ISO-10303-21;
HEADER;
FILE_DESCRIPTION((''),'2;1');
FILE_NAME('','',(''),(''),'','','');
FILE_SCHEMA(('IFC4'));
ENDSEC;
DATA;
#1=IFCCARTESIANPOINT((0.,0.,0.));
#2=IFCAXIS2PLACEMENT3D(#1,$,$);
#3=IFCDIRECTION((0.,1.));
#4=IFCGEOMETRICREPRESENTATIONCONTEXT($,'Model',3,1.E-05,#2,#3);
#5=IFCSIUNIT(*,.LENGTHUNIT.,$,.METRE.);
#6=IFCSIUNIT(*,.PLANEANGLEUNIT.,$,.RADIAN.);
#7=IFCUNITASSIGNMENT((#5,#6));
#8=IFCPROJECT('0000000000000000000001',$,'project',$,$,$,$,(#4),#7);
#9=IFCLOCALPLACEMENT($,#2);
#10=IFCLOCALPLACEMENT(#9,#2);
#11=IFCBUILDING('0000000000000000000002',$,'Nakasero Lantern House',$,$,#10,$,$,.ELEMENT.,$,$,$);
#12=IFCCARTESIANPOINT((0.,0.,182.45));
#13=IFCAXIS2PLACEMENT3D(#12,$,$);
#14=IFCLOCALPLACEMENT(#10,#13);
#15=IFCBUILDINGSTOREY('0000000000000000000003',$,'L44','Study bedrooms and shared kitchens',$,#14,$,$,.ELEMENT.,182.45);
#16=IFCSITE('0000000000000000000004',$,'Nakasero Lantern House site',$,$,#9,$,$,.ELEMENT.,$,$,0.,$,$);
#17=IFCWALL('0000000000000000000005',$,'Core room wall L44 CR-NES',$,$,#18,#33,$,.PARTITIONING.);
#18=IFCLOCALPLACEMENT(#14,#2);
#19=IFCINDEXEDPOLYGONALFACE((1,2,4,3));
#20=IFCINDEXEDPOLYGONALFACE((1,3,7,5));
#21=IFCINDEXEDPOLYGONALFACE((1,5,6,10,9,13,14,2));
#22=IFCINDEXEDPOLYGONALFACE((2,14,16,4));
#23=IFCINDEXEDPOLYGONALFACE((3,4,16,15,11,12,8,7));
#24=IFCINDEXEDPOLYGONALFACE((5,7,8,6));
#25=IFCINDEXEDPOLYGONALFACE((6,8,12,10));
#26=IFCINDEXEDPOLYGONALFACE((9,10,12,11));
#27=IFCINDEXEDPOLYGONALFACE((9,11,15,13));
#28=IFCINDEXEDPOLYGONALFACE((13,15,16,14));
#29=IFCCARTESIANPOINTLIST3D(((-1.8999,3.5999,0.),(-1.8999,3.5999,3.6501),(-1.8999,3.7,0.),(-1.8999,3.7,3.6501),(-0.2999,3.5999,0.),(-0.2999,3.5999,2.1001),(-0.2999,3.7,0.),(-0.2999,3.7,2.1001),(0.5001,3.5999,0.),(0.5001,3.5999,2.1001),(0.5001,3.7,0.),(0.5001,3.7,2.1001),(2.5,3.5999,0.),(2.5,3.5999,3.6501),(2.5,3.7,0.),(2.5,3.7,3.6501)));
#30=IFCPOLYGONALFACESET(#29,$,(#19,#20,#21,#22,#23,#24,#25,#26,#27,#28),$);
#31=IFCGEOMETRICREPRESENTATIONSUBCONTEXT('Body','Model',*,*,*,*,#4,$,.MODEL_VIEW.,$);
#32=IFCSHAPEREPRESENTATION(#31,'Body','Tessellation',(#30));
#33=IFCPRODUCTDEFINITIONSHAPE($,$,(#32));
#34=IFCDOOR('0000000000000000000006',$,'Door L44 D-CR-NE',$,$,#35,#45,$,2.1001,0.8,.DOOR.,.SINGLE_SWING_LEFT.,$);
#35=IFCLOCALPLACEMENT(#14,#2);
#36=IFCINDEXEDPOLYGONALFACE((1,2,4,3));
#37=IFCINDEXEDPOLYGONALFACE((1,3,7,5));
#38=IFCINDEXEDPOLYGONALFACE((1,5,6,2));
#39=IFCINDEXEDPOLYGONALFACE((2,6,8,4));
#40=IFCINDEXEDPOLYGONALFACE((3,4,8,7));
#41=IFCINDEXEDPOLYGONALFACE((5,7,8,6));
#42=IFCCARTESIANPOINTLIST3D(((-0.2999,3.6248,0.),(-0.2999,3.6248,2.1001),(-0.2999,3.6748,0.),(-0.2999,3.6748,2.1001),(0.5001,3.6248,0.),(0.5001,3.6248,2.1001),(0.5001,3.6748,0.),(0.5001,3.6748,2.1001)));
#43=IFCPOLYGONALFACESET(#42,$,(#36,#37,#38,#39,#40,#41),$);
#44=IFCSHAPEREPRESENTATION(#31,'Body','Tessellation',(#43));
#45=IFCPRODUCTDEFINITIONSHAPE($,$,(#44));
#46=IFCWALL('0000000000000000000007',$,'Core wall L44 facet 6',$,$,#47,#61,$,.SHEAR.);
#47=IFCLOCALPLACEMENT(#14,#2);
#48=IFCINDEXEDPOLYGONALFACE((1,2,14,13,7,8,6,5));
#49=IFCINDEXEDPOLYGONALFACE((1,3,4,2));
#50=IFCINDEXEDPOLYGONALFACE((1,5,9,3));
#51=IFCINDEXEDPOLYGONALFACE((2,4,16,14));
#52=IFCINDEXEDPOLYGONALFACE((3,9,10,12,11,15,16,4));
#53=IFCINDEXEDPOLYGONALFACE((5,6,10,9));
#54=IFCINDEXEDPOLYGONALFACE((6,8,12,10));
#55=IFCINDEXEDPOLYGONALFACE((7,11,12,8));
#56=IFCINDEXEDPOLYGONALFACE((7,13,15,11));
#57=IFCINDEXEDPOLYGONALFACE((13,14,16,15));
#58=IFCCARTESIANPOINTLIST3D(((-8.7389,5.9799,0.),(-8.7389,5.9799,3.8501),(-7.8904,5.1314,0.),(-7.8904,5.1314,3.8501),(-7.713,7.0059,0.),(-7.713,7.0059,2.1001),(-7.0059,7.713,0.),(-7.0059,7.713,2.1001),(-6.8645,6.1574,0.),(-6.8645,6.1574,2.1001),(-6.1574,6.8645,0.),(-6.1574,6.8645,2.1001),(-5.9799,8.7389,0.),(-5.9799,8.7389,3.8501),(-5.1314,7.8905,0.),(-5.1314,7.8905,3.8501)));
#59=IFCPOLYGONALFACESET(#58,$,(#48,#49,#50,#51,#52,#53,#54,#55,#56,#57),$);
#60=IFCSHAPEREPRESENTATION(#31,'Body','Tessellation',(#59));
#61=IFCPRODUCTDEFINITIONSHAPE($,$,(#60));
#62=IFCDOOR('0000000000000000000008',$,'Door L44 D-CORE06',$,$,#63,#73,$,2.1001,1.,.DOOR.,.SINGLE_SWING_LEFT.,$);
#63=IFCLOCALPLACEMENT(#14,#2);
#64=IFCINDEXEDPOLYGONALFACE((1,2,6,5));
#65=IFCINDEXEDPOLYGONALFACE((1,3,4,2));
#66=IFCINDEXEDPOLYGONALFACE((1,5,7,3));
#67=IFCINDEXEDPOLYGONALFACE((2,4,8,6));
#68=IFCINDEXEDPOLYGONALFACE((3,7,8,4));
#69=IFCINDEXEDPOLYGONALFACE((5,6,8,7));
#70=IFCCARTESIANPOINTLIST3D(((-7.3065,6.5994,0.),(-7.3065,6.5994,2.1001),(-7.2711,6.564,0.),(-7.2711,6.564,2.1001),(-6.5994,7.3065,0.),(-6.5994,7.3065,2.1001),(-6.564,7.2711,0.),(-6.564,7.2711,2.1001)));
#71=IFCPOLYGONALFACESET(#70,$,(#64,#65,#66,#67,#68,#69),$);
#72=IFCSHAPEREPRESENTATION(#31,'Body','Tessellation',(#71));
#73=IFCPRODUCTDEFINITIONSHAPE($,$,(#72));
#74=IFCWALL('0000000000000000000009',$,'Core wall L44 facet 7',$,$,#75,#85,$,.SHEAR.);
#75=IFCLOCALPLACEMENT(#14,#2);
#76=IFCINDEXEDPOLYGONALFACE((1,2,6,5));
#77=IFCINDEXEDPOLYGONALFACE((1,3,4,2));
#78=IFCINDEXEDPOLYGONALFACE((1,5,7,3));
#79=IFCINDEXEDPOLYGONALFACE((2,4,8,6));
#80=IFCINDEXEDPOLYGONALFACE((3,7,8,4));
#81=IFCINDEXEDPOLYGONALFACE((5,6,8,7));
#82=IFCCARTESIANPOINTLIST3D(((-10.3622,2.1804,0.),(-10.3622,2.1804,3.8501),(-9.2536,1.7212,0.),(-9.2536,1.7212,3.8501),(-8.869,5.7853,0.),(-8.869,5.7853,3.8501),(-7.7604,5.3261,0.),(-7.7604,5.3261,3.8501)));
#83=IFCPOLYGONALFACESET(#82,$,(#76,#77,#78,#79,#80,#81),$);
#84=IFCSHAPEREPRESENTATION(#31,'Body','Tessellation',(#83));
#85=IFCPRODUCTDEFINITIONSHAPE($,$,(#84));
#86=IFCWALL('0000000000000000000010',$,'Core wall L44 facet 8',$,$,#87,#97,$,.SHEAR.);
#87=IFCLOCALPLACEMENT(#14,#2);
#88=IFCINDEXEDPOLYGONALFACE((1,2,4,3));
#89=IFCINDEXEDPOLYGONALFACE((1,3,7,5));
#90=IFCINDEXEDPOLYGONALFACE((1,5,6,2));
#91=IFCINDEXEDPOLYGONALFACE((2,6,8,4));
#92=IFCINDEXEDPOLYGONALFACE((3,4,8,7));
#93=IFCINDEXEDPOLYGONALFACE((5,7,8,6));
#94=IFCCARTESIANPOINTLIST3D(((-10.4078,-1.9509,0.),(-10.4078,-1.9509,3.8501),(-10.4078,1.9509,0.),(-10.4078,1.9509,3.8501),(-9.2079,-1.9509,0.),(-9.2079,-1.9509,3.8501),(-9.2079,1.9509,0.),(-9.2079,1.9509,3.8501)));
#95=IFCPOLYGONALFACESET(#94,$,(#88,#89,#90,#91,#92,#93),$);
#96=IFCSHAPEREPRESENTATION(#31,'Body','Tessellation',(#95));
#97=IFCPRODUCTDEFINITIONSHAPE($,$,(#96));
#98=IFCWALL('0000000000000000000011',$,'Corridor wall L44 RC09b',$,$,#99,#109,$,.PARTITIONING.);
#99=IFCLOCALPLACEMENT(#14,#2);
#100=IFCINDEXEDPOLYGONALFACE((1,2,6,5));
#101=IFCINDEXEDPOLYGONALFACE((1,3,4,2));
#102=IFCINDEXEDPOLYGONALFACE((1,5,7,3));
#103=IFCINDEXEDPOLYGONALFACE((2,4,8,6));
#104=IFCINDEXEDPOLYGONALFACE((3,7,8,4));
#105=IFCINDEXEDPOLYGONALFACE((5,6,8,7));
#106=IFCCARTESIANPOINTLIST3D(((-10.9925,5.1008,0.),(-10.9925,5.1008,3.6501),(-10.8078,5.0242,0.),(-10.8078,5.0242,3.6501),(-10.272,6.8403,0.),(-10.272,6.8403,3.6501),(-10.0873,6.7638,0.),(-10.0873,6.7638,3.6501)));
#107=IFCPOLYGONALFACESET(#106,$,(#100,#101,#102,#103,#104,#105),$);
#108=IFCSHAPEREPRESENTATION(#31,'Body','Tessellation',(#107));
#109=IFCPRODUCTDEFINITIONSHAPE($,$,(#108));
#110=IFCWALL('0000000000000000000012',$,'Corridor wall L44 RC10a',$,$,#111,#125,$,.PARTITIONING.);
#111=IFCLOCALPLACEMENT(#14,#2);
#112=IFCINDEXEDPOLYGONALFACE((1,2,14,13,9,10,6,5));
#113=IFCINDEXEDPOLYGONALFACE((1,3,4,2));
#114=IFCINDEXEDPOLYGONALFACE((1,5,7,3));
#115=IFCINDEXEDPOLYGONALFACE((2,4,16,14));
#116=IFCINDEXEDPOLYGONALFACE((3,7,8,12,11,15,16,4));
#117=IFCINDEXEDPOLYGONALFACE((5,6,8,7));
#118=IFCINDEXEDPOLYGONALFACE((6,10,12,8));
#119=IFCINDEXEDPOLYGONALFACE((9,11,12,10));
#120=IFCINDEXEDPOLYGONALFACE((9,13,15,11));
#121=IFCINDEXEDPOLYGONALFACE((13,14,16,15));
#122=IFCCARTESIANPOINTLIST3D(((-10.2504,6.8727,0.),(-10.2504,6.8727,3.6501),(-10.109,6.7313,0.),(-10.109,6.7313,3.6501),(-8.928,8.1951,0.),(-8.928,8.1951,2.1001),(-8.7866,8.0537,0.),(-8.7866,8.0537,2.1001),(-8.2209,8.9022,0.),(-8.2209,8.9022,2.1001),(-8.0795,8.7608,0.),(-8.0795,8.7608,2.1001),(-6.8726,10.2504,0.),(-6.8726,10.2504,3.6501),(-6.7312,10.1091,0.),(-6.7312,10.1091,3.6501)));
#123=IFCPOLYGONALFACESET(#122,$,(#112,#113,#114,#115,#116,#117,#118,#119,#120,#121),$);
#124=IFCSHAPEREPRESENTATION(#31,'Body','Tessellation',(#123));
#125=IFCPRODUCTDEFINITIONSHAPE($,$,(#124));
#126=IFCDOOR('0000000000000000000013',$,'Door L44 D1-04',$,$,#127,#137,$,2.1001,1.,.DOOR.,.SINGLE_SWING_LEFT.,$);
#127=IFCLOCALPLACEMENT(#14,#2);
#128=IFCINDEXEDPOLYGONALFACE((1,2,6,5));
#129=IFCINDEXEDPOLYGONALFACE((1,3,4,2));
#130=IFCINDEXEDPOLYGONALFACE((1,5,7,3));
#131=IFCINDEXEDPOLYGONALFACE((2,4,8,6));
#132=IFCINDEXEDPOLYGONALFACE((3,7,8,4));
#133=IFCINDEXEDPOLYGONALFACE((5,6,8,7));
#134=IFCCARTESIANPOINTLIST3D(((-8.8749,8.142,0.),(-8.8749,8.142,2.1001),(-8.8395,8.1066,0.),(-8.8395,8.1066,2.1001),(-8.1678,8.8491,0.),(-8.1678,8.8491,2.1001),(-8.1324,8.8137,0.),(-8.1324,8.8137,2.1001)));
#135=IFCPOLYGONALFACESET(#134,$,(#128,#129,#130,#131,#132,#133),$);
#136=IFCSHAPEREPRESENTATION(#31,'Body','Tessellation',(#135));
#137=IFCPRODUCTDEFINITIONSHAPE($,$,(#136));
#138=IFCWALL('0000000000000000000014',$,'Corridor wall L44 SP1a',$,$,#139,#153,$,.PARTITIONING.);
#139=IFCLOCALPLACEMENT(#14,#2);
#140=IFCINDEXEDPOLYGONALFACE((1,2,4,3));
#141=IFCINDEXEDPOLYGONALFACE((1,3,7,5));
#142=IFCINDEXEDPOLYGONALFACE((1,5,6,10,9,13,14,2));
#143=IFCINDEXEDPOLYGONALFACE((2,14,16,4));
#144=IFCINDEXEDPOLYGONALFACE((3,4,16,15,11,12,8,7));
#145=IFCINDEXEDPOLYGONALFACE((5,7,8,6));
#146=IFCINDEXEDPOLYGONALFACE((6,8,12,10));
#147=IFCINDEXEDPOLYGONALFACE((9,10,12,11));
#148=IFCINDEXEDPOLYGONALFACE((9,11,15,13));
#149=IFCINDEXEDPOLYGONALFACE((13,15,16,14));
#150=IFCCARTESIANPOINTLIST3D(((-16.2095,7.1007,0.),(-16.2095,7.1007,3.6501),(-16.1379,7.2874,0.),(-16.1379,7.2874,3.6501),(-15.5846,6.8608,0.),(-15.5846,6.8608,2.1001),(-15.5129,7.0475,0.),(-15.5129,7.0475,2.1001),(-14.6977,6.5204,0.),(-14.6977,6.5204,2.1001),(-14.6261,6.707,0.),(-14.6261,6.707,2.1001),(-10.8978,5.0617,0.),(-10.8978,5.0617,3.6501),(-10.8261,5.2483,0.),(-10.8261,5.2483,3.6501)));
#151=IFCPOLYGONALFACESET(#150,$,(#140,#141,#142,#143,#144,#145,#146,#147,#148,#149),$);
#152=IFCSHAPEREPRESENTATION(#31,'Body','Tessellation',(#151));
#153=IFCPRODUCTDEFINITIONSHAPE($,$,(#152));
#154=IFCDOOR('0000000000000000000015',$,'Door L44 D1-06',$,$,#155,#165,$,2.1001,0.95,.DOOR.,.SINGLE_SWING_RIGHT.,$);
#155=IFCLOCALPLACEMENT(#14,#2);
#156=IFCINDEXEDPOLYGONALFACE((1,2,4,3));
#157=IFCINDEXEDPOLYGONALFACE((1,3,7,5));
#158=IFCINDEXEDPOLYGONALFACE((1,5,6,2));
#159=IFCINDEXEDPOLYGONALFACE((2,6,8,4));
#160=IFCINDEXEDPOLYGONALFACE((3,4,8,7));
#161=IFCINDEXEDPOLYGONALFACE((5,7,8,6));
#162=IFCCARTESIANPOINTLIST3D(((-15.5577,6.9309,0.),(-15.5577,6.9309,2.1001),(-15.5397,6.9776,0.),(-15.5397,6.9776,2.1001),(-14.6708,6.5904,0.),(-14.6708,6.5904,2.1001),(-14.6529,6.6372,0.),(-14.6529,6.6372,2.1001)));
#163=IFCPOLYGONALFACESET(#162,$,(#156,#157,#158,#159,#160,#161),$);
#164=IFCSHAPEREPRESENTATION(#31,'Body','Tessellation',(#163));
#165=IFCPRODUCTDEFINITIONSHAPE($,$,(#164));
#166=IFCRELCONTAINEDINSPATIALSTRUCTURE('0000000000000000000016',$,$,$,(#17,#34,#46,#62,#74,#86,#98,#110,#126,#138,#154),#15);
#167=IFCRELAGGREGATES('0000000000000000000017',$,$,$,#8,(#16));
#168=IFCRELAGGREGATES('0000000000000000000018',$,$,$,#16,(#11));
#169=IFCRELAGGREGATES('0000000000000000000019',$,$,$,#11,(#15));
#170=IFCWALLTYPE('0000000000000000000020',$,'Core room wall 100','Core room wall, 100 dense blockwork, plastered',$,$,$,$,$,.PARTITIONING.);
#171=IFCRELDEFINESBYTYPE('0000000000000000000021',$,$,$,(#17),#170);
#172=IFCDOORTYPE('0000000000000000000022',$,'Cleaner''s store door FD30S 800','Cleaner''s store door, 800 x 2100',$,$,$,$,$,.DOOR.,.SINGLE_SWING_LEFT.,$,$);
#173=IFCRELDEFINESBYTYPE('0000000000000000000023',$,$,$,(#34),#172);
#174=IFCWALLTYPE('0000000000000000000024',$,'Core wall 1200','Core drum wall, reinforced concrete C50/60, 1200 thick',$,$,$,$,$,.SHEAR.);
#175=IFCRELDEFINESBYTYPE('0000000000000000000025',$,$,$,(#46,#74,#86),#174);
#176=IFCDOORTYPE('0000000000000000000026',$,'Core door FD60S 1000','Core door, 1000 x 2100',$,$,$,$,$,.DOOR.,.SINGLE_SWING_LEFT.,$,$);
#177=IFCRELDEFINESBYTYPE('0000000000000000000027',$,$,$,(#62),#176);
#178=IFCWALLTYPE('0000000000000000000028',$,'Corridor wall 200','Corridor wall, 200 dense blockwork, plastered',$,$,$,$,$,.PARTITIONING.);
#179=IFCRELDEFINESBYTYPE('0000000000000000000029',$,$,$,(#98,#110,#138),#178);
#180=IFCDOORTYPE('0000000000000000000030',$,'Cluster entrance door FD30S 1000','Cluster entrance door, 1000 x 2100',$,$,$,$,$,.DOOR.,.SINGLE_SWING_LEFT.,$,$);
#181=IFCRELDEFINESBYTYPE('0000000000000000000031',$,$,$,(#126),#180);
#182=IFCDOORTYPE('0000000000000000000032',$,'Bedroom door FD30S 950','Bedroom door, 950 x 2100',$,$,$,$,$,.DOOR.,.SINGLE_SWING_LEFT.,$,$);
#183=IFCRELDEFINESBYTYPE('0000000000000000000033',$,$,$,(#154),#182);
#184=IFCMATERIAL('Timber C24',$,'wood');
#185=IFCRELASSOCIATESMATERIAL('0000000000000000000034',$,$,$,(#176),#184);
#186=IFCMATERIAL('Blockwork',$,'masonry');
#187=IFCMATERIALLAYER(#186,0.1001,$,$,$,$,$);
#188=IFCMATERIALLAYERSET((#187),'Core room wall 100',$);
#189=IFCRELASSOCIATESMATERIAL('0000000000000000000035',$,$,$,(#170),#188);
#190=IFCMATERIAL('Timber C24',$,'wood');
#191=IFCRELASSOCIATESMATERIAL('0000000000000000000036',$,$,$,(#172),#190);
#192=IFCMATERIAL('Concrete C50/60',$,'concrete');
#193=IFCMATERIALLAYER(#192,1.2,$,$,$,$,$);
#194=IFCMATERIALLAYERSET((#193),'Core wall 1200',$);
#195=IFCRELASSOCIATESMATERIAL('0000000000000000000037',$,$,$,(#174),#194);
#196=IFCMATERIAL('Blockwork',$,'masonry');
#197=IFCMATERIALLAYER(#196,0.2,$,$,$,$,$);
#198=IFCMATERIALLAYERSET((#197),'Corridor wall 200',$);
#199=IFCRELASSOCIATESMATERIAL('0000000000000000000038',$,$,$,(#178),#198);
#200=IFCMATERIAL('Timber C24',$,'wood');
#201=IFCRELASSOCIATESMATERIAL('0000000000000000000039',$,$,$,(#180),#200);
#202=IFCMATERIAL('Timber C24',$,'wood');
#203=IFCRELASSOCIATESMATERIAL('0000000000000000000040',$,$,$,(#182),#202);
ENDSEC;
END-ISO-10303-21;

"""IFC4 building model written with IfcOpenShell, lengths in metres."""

from ifc_helpers import new_model, si_unit, direction, frame, frame_2d, origin, place, context, subcontext, project, spatial, rectangle, extrude, material, layer, layer_set, type_object, element, fill, save


model = new_model("IFC4")

# Units and contexts
model_context = context("Model", 3, precision=1e-05, world=origin(), true_north=direction((0.0, 1.0)))
body_context = subcontext(model_context, "Body", "Model", "MODEL_VIEW")
ifc_project = project(units=[si_unit("LENGTHUNIT", "METRE"), si_unit("PLANEANGLEUNIT", "RADIAN")], contexts=[model_context])

# Site, building, storey
site_placement = place(None, origin())
site = spatial("IfcSite", under=ifc_project, at=site_placement, Name="Nakasero Lantern House site", CompositionType="ELEMENT", RefElevation=0.0)
building_placement = place(site_placement, origin())
building = spatial("IfcBuilding", under=site, at=building_placement, Name="Nakasero Lantern House", CompositionType="ELEMENT")
storey_placement = place(building_placement, frame((0.0, 0.0, 182.45)))
storey = spatial("IfcBuildingStorey", under=building, at=storey_placement, Name="L44", Description="Study bedrooms and shared kitchens", CompositionType="ELEMENT", Elevation=182.45)

# Shared definitions
ifc_material_1 = material(Name="Timber C24", Category="wood")
door_type_1 = type_object("IfcDoorType", Name="Core door FD60S 1000", Description="Core door, 1000 x 2100", OperationType="SINGLE_SWING_LEFT", PredefinedType="DOOR", material=ifc_material_1)

# Walls, openings, doors
ifc_material_2 = material(Name="Blockwork", Category="masonry")
ifc_layer_1 = layer(ifc_material_2, 0.1001)
ifc_layer_set_1 = layer_set([ifc_layer_1], Name="Core room wall 100")
wall_type_1 = type_object("IfcWallType", Name="Core room wall 100", Description="Core room wall, 100 dense blockwork, plastered", PredefinedType="PARTITIONING", material=ifc_layer_set_1)
wall_1_placement = place(storey_placement, frame((-1.8999, 3.6499, 0.0), z_axis=(0.0, 0.0, 1.0), x_axis=(1.0, 0.0, 0.0)))
wall_1 = element("IfcWall", 1, at=wall_1_placement, inside=storey, type_object=wall_type_1, Name="Core room wall L44 CR-NES", PredefinedType="PARTITIONING", context=body_context, shape_type="SweptSolid", body=[
    extrude(rectangle(XDim=4.3999, YDim=0.1001, at=frame_2d((2.2, 0.0))), origin(), (0.0, 0.0, 1.0), 3.6501),
])
opening_1_placement = place(wall_1_placement, frame((1.6001, 0.0, 0.0)))
opening_1 = element("IfcOpeningElement", 2, at=opening_1_placement, cuts=wall_1, PredefinedType="OPENING", context=body_context, shape_type="SweptSolid", body=[
    extrude(rectangle(XDim=0.8, YDim=2.1001, at=frame_2d((0.3999, 1.05))), frame((0.0, 0.0701, 0.0), z_axis=(0.0, -1.0, 0.0), x_axis=(1.0, 0.0, 0.0)), (0.0, 0.0, 1.0), 0.1401),
])
ifc_material_3 = material(Name="Timber C24", Category="wood")
door_type_2 = type_object("IfcDoorType", Name="Cleaner's store door FD30S 800", Description="Cleaner's store door, 800 x 2100", OperationType="SINGLE_SWING_LEFT", PredefinedType="DOOR", material=ifc_material_3)
door_1_placement = place(opening_1_placement, origin())
door_1 = element("IfcDoor", 3, at=door_1_placement, inside=storey, type_object=door_type_2, Name="Door L44 D-CR-NE", OperationType="SINGLE_SWING_LEFT", OverallHeight=2.1001, OverallWidth=0.8, PredefinedType="DOOR", context=body_context, shape_type="SweptSolid", body=[
    extrude(rectangle(XDim=0.8, YDim=2.1001, at=frame_2d((0.3999, 1.05))), frame((0.0, 0.0249, 0.0), z_axis=(0.0, -1.0, 0.0), x_axis=(1.0, 0.0, 0.0)), (0.0, 0.0, 1.0), 0.05),
])
fill(opening_1, door_1)
ifc_material_4 = material(Name="Concrete C50/60", Category="concrete")
ifc_layer_2 = layer(ifc_material_4, 1.2)
ifc_layer_set_2 = layer_set([ifc_layer_2], Name="Core wall 1200")
wall_type_2 = type_object("IfcWallType", Name="Core wall 1200", Description="Core drum wall, reinforced concrete C50/60, 1200 thick", PredefinedType="SHEAR", material=ifc_layer_set_2)
wall_2_placement = place(storey_placement, frame((-5.5557, 8.3147, 0.0), z_axis=(0.0, 0.0, 1.0), x_axis=(-0.707107, -0.707107, 0.0)))
wall_2 = element("IfcWall", 4, at=wall_2_placement, inside=storey, type_object=wall_type_2, Name="Core wall L44 facet 6", PredefinedType="SHEAR", context=body_context, shape_type="SweptSolid", body=[
    extrude(rectangle(XDim=3.9019, YDim=1.2, at=frame_2d((1.9509, 0.0))), origin(), (0.0, 0.0, 1.0), 3.8501),
])
opening_2_placement = place(wall_2_placement, frame((1.4509, 0.0, 0.0)))
opening_2 = element("IfcOpeningElement", 5, at=opening_2_placement, cuts=wall_2, PredefinedType="OPENING", context=body_context, shape_type="SweptSolid", body=[
    extrude(rectangle(XDim=1.0, YDim=2.1001, at=frame_2d((0.5, 1.05))), frame((0.0, 0.6199, 0.0), z_axis=(0.0, -1.0, 0.0), x_axis=(1.0, 0.0, 0.0)), (0.0, 0.0, 1.0), 1.24),
])
door_2_placement = place(opening_2_placement, origin())
door_2 = element("IfcDoor", 6, at=door_2_placement, inside=storey, type_object=door_type_1, Name="Door L44 D-CORE06", OperationType="SINGLE_SWING_LEFT", OverallHeight=2.1001, OverallWidth=1.0, PredefinedType="DOOR", context=body_context, shape_type="SweptSolid", body=[
    extrude(rectangle(XDim=1.0, YDim=2.1001, at=frame_2d((0.5, 1.05))), frame((0.0, 0.0249, 0.0), z_axis=(0.0, -1.0, 0.0), x_axis=(1.0, 0.0, 0.0)), (0.0, 0.0, 1.0), 0.05),
])
fill(opening_2, door_2)

# Walls
for number, where, z_axis, x_axis, name in (
    (7, (-8.3147, 5.5557, 0.0), (0.0, 0.0, 1.0), (-0.382691, -0.923877, 0.0), "Core wall L44 facet 7"),
    (8, (-9.8079, 1.9509, 0.0), (0.0, 0.0, 1.0), (0.0, -1.0, 0.0), "Core wall L44 facet 8"),
):
    element("IfcWall", number, at=place(storey_placement, frame(where, z_axis=z_axis, x_axis=x_axis)), inside=storey, type_object=wall_type_2, Name=name, PredefinedType="SHEAR", context=body_context, shape_type="SweptSolid", body=[
        extrude(rectangle(XDim=3.9019, YDim=1.2, at=frame_2d((1.9509, 0.0))), origin(), (0.0, 0.0, 1.0), 3.8501),
    ])
ifc_material_5 = material(Name="Blockwork", Category="masonry")
ifc_layer_3 = layer(ifc_material_5, 0.2)
ifc_layer_set_3 = layer_set([ifc_layer_3], Name="Corridor wall 200")
wall_type_3 = type_object("IfcWallType", Name="Corridor wall 200", Description="Corridor wall, 200 dense blockwork, plastered", PredefinedType="PARTITIONING", material=ifc_layer_set_3)
wall_3_placement = place(storey_placement, frame((-10.9001, 5.0625, 0.0), z_axis=(0.0, 0.0, 1.0), x_axis=(0.382653, 0.923892, 0.0)))
element("IfcWall", 9, at=wall_3_placement, inside=storey, type_object=wall_type_3, Name="Corridor wall L44 RC09b", PredefinedType="PARTITIONING", context=body_context, shape_type="SweptSolid", body=[
    extrude(rectangle(XDim=1.8828, YDim=0.2, at=frame_2d((0.9414, 0.0))), origin(), (0.0, 0.0, 1.0), 3.6501),
])

# Walls, openings, doors
wall_4_placement = place(storey_placement, frame((-10.1797, 6.802, 0.0), z_axis=(0.0, 0.0, 1.0), x_axis=(0.707107, 0.707107, 0.0)))
wall_4 = element("IfcWall", 10, at=wall_4_placement, inside=storey, type_object=wall_type_3, Name="Corridor wall L44 RC10a", PredefinedType="PARTITIONING", context=body_context, shape_type="SweptSolid", body=[
    extrude(rectangle(XDim=4.7769, YDim=0.2, at=frame_2d((2.3884, 0.0))), origin(), (0.0, 0.0, 1.0), 3.6501),
])
opening_3_placement = place(wall_4_placement, frame((1.8701, 0.0, 0.0)))
opening_3 = element("IfcOpeningElement", 11, at=opening_3_placement, cuts=wall_4, PredefinedType="OPENING", context=body_context, shape_type="SweptSolid", body=[
    extrude(rectangle(XDim=1.0, YDim=2.1001, at=frame_2d((0.5, 1.05))), frame((0.0, 0.1199, 0.0), z_axis=(0.0, -1.0, 0.0), x_axis=(1.0, 0.0, 0.0)), (0.0, 0.0, 1.0), 0.24),
])
ifc_material_6 = material(Name="Timber C24", Category="wood")
door_type_3 = type_object("IfcDoorType", Name="Cluster entrance door FD30S 1000", Description="Cluster entrance door, 1000 x 2100", OperationType="SINGLE_SWING_LEFT", PredefinedType="DOOR", material=ifc_material_6)
door_3_placement = place(opening_3_placement, origin())
door_3 = element("IfcDoor", 12, at=door_3_placement, inside=storey, type_object=door_type_3, Name="Door L44 D1-04", OperationType="SINGLE_SWING_LEFT", OverallHeight=2.1001, OverallWidth=1.0, PredefinedType="DOOR", context=body_context, shape_type="SweptSolid", body=[
    extrude(rectangle(XDim=1.0, YDim=2.1001, at=frame_2d((0.5, 1.05))), frame((0.0, 0.0249, 0.0), z_axis=(0.0, -1.0, 0.0), x_axis=(1.0, 0.0, 0.0)), (0.0, 0.0, 1.0), 0.05),
])
fill(opening_3, door_3)
wall_5_placement = place(storey_placement, frame((-10.8621, 5.155, 0.0), z_axis=(0.0, 0.0, 1.0), x_axis=(-0.933577, 0.358378, 0.0)))
wall_5 = element("IfcWall", 13, at=wall_5_placement, inside=storey, type_object=wall_type_3, Name="Corridor wall L44 SP1a", PredefinedType="PARTITIONING", context=body_context, shape_type="SweptSolid", body=[
    extrude(rectangle(XDim=5.6897, YDim=0.2, at=frame_2d((2.8447, 0.0))), origin(), (0.0, 0.0, 1.0), 3.6501),
])
opening_4_placement = place(wall_5_placement, frame((4.0701, 0.0, 0.0)))
opening_4 = element("IfcOpeningElement", 14, at=opening_4_placement, cuts=wall_5, PredefinedType="OPENING", context=body_context, shape_type="SweptSolid", body=[
    extrude(rectangle(XDim=0.95, YDim=2.1001, at=frame_2d((0.4751, 1.05))), frame((0.0, 0.1199, 0.0), z_axis=(0.0, -1.0, 0.0), x_axis=(1.0, 0.0, 0.0)), (0.0, 0.0, 1.0), 0.24),
])
ifc_material_7 = material(Name="Timber C24", Category="wood")
door_type_4 = type_object("IfcDoorType", Name="Bedroom door FD30S 950", Description="Bedroom door, 950 x 2100", OperationType="SINGLE_SWING_LEFT", PredefinedType="DOOR", material=ifc_material_7)
door_4_placement = place(opening_4_placement, origin())
door_4 = element("IfcDoor", 15, at=door_4_placement, inside=storey, type_object=door_type_4, Name="Door L44 D1-06", OperationType="SINGLE_SWING_RIGHT", OverallHeight=2.1001, OverallWidth=0.95, PredefinedType="DOOR", context=body_context, shape_type="SweptSolid", body=[
    extrude(rectangle(XDim=0.95, YDim=2.1001, at=frame_2d((0.4751, 1.05))), frame((0.0, 0.0249, 0.0), z_axis=(0.0, -1.0, 0.0), x_axis=(1.0, 0.0, 0.0)), (0.0, 0.0, 1.0), 0.05),
])
fill(opening_4, door_4)

save(model, "model.ifc")
